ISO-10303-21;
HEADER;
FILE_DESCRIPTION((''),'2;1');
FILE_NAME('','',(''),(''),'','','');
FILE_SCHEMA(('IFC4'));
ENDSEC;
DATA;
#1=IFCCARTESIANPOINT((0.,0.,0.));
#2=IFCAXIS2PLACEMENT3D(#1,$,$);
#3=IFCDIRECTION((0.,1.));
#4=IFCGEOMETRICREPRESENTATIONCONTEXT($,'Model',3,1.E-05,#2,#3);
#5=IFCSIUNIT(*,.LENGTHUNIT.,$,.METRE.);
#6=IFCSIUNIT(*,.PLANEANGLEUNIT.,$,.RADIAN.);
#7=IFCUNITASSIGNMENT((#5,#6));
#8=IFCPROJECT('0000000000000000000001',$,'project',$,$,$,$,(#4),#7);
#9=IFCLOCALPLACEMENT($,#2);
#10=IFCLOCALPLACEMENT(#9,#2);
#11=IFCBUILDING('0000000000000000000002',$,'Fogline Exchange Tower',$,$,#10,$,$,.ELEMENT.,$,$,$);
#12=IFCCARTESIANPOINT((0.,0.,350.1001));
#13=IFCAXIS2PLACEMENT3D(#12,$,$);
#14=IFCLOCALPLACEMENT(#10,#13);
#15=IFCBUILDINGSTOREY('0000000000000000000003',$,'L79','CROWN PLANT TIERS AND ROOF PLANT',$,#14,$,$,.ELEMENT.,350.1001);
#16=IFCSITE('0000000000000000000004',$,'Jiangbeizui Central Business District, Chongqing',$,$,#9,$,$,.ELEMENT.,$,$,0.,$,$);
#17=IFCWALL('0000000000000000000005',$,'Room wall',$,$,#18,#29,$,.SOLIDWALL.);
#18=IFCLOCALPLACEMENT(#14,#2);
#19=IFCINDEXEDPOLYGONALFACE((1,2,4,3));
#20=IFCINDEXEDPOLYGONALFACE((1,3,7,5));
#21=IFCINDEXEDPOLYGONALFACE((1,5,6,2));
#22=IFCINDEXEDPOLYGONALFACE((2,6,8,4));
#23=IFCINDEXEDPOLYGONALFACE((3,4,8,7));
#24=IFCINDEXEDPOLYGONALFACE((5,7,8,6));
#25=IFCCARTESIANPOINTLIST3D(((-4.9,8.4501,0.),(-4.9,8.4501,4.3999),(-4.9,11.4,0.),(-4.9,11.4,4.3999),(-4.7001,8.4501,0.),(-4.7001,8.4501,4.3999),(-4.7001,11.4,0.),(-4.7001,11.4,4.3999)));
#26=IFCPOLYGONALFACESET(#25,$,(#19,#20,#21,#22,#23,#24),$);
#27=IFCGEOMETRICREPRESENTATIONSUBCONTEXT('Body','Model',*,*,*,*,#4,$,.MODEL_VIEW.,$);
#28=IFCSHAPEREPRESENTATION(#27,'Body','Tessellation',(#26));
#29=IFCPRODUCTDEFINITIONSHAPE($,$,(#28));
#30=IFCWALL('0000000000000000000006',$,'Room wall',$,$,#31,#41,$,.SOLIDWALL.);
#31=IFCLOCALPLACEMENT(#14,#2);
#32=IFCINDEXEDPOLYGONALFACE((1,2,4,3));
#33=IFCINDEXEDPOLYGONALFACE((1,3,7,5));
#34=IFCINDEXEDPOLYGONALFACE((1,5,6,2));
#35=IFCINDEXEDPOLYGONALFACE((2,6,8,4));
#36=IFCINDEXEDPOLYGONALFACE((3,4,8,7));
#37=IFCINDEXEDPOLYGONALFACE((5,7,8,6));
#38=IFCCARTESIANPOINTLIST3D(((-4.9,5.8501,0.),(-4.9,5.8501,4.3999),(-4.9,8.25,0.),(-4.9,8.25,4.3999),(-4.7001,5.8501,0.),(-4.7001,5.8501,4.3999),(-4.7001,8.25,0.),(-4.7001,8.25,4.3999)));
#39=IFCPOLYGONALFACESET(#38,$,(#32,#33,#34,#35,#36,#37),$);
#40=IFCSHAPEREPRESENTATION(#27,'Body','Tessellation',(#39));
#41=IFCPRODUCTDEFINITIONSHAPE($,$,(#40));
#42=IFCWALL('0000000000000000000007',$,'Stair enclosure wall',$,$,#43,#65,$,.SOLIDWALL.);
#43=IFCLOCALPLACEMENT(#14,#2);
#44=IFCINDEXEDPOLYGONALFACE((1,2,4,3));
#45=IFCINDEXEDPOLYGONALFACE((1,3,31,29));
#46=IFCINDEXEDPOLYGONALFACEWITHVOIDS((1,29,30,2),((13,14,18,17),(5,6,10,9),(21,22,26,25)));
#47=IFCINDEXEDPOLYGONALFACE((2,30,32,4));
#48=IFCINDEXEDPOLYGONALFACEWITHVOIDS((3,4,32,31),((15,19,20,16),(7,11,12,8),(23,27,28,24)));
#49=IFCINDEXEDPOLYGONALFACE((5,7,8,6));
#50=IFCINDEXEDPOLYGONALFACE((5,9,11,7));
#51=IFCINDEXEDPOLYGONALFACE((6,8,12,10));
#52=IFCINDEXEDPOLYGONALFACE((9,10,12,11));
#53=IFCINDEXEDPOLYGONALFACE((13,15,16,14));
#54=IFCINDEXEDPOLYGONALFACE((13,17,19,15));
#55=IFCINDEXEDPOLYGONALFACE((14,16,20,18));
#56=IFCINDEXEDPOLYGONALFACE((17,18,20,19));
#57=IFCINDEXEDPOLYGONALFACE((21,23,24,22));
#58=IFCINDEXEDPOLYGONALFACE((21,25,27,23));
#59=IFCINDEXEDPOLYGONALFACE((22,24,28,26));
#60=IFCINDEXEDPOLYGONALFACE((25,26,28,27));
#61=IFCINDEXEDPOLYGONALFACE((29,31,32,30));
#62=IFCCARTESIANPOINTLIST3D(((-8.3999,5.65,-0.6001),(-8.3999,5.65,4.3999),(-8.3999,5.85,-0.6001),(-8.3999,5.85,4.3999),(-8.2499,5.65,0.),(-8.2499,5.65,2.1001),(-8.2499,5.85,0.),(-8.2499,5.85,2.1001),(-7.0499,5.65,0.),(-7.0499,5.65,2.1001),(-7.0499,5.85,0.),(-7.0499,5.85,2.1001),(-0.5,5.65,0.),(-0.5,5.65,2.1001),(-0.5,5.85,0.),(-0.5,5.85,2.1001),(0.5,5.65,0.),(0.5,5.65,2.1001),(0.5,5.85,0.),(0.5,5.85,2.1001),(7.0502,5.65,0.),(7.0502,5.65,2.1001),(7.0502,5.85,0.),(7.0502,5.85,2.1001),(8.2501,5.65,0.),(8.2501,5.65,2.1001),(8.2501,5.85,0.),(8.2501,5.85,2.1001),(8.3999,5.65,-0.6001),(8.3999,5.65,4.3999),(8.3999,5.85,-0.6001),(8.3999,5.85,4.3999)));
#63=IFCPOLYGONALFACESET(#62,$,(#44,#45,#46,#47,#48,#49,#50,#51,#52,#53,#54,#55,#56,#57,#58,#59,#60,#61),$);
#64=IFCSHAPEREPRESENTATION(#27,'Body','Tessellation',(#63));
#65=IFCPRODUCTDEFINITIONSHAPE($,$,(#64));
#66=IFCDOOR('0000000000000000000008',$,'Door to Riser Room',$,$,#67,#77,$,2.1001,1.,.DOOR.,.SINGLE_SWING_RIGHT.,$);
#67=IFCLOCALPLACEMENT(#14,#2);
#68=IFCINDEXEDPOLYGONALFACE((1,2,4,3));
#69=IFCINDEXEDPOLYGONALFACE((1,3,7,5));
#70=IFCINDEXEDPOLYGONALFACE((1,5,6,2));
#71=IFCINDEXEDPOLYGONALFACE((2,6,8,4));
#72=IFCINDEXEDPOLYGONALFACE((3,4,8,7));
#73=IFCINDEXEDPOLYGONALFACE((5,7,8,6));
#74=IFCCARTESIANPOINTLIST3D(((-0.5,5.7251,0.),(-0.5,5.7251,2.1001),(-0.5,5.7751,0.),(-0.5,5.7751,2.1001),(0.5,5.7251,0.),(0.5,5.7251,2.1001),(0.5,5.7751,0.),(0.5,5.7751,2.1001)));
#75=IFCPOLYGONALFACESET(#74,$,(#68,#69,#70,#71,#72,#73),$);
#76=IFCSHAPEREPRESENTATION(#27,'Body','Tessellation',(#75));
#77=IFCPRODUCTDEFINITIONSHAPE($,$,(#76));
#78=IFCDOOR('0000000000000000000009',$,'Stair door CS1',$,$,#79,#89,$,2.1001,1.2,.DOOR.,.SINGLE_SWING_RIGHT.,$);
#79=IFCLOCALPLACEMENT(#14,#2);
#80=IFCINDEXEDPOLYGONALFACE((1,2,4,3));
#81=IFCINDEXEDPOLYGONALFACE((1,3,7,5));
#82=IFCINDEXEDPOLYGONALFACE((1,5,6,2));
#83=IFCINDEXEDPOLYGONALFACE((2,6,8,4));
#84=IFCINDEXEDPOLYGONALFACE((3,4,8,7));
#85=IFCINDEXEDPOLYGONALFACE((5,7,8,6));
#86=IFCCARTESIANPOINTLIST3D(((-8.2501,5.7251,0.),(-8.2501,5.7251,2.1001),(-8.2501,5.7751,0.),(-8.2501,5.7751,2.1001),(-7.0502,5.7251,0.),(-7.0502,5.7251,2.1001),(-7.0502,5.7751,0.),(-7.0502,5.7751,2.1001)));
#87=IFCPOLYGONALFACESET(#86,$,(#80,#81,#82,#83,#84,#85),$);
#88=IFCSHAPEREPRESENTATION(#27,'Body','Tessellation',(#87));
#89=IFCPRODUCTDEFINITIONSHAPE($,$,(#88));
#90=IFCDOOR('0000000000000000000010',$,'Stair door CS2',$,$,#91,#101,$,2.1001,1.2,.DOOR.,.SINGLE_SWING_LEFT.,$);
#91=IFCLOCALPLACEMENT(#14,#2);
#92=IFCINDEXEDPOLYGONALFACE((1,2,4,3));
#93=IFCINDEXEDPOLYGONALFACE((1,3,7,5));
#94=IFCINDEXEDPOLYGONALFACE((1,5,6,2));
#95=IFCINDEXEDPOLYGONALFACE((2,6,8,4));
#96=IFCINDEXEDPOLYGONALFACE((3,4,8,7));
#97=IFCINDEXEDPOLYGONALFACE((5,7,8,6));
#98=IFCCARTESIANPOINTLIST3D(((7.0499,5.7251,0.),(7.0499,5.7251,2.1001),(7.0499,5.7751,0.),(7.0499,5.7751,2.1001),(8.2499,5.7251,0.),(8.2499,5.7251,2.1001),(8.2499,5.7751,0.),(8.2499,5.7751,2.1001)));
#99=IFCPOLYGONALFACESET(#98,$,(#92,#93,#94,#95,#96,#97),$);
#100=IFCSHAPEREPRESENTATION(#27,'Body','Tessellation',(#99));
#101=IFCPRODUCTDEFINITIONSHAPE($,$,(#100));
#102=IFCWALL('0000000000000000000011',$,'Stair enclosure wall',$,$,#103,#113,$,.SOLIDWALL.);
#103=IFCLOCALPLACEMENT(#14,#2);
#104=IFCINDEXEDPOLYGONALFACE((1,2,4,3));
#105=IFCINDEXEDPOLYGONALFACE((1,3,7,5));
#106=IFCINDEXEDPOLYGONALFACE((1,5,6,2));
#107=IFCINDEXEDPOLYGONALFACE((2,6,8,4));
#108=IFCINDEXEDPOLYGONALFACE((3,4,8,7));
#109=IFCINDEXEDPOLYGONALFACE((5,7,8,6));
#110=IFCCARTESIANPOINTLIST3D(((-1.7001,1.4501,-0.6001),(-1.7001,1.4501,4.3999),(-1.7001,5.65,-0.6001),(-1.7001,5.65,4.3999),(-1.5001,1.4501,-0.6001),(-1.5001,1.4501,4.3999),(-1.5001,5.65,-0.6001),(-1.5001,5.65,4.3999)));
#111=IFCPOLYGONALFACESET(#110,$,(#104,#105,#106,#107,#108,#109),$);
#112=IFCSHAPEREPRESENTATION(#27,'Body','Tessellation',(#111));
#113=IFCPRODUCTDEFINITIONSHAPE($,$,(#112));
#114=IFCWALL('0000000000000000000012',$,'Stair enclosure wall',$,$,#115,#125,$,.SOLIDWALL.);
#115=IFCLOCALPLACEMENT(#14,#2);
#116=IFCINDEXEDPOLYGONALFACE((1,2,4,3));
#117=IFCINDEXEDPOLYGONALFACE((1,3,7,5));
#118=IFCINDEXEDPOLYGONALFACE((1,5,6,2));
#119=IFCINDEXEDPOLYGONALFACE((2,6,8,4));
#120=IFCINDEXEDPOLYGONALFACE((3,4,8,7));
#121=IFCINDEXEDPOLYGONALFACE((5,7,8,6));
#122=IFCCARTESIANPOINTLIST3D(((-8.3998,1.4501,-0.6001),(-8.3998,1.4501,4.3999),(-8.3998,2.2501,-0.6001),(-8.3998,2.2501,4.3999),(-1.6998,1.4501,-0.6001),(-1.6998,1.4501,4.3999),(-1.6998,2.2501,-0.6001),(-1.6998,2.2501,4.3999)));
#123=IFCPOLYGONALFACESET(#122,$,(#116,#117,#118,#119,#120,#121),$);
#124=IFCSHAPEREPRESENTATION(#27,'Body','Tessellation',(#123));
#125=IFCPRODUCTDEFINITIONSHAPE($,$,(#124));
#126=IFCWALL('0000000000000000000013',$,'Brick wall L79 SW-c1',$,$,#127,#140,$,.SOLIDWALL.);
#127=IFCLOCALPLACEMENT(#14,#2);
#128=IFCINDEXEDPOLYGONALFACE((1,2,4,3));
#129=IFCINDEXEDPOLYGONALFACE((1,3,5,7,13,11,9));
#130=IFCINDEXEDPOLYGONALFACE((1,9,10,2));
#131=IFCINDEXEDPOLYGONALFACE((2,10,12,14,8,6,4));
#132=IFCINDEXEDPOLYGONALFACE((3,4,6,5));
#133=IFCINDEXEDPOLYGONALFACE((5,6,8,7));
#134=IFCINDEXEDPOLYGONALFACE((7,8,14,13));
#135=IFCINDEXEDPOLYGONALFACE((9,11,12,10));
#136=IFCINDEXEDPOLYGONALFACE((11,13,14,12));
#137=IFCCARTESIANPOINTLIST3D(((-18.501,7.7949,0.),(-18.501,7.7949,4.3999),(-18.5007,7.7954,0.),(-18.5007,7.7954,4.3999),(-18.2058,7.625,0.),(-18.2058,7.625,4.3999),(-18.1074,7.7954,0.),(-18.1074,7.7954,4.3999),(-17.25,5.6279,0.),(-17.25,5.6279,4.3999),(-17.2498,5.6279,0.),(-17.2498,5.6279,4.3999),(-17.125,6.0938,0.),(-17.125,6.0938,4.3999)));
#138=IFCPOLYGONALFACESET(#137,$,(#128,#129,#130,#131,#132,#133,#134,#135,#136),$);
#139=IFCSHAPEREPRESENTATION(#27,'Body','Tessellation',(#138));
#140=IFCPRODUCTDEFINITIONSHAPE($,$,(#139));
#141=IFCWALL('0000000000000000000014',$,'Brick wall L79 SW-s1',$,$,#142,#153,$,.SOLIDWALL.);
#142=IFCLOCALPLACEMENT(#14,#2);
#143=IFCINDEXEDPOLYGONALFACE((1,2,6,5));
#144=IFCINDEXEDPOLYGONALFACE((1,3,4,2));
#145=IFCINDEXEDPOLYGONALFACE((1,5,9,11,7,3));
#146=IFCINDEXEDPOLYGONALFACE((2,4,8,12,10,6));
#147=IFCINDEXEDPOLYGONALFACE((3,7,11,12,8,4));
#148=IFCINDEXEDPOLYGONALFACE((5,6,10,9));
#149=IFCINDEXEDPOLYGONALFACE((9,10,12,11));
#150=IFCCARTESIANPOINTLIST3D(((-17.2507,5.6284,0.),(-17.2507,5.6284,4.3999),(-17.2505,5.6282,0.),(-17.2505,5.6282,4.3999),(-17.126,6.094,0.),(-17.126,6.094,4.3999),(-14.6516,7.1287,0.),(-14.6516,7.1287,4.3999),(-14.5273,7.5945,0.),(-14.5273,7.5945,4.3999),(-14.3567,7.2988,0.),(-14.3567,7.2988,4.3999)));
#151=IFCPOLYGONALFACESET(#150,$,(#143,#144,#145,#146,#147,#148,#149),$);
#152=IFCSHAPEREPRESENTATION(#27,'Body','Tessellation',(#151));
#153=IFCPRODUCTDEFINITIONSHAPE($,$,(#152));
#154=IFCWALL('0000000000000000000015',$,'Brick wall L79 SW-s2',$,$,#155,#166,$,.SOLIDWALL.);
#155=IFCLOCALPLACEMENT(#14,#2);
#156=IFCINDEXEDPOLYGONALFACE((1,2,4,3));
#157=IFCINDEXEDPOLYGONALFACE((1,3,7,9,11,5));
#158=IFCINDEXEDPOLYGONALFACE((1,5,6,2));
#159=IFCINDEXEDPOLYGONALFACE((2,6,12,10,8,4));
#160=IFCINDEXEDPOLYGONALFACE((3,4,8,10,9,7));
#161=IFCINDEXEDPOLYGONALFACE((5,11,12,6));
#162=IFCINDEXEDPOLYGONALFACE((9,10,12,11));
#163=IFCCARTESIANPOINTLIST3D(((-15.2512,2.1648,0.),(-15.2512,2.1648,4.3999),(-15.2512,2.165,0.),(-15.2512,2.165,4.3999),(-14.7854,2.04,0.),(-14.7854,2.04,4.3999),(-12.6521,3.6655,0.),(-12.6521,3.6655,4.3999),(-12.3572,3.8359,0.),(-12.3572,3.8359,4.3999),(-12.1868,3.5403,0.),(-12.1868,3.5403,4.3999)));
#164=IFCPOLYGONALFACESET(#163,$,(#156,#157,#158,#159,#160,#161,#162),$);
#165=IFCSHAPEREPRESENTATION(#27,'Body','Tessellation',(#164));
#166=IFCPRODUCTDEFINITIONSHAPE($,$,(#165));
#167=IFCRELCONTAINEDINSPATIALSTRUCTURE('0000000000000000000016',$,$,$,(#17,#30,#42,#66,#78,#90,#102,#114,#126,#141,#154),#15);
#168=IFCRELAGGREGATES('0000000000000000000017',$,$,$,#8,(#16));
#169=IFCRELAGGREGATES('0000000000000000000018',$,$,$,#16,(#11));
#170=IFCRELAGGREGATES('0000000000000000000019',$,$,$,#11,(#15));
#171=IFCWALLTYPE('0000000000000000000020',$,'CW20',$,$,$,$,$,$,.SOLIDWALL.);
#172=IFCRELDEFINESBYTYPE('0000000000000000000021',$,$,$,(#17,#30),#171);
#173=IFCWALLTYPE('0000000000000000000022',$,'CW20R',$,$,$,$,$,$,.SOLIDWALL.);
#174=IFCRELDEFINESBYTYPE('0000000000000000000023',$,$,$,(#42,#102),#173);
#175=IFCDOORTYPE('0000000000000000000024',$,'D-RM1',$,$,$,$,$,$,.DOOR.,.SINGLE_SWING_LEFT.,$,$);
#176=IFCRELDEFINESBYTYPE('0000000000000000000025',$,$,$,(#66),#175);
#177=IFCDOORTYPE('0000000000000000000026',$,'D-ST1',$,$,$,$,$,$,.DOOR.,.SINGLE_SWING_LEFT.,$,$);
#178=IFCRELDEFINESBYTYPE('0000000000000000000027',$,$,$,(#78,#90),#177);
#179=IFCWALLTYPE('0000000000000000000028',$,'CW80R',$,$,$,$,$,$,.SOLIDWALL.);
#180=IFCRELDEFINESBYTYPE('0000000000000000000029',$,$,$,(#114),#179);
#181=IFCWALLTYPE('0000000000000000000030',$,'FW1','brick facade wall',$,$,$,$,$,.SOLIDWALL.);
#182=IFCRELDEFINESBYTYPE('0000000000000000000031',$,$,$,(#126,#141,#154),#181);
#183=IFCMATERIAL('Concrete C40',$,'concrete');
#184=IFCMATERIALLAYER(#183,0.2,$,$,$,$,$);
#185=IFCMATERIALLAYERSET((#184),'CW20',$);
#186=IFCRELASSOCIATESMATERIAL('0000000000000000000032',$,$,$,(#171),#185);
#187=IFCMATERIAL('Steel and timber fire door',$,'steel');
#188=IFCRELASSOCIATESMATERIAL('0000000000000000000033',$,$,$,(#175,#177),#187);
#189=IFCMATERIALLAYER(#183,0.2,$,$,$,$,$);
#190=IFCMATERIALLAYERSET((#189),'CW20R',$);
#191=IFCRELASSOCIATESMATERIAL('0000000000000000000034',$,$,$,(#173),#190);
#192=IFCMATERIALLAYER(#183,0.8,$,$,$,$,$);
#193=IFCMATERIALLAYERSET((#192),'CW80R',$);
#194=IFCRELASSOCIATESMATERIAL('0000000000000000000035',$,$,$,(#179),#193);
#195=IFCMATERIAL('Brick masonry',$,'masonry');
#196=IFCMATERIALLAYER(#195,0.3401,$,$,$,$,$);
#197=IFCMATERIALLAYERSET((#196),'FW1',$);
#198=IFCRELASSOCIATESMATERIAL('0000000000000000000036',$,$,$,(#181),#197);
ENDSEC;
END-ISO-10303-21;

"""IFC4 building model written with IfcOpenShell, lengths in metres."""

from ifc_helpers import new_model, si_unit, direction, frame, frame_2d, origin, place, context, subcontext, project, spatial, polyline, rectangle, outline, extrude, material, layer, layer_set, type_object, element, fill, save


model = new_model("IFC4")

# Units and contexts
model_context = context("Model", 3, precision=1e-05, world=origin(), true_north=direction((0.0, 1.0)))
body_context = subcontext(model_context, "Body", "Model", "MODEL_VIEW")
ifc_project = project(units=[si_unit("LENGTHUNIT", "METRE"), si_unit("PLANEANGLEUNIT", "RADIAN")], contexts=[model_context])

# Site, building, storey
site_placement = place(None, origin())
site = spatial("IfcSite", under=ifc_project, at=site_placement, Name="Jiangbeizui Central Business District, Chongqing", CompositionType="ELEMENT", RefElevation=0.0)
building_placement = place(site_placement, origin())
building = spatial("IfcBuilding", under=site, at=building_placement, Name="Fogline Exchange Tower", CompositionType="ELEMENT")
storey_placement = place(building_placement, frame((0.0, 0.0, 350.1001)))
storey = spatial("IfcBuildingStorey", under=building, at=storey_placement, Name="L79", Description="CROWN PLANT TIERS AND ROOF PLANT", CompositionType="ELEMENT", Elevation=350.1001)

# Shared definitions
ifc_material_1 = material(Name="Concrete C40", Category="concrete")

# Shared definitions
ifc_layer_1 = layer(ifc_material_1, 0.2)
ifc_layer_set_1 = layer_set([ifc_layer_1], Name="CW20")
wall_type_1 = type_object("IfcWallType", Name="CW20", PredefinedType="SOLIDWALL", material=ifc_layer_set_1)
ifc_material_2 = material(Name="Steel and timber fire door", Category="steel")
door_type_1 = type_object("IfcDoorType", Name="D-RM1", OperationType="SINGLE_SWING_LEFT", PredefinedType="DOOR", material=ifc_material_2)

# Walls
wall_1_placement = place(storey_placement, frame((-4.8, 8.45, 0.0), z_axis=(0.0, 0.0, 1.0), x_axis=(0.0, 1.0, 0.0)))
element("IfcWall", 1, at=wall_1_placement, inside=storey, type_object=wall_type_1, Name="Room wall", PredefinedType="SOLIDWALL", context=body_context, shape_type="SweptSolid", body=[
    extrude(rectangle(XDim=2.95, YDim=0.2, at=frame_2d((1.4751, 0.0))), origin(), (0.0, 0.0, 1.0), 4.3999),
])
wall_2_placement = place(storey_placement, frame((-4.8, 5.8501, 0.0), z_axis=(0.0, 0.0, 1.0), x_axis=(0.0, 1.0, 0.0)))
element("IfcWall", 2, at=wall_2_placement, inside=storey, type_object=wall_type_1, Name="Room wall", PredefinedType="SOLIDWALL", context=body_context, shape_type="SweptSolid", body=[
    extrude(rectangle(XDim=2.3999, YDim=0.2, at=frame_2d((1.2, 0.0))), origin(), (0.0, 0.0, 1.0), 4.3999),
])

# Wall, openings, doors
ifc_layer_2 = layer(ifc_material_1, 0.2)
ifc_layer_set_2 = layer_set([ifc_layer_2], Name="CW20R")
wall_type_2 = type_object("IfcWallType", Name="CW20R", PredefinedType="SOLIDWALL", material=ifc_layer_set_2)
wall_3_placement = place(storey_placement, frame((-8.3999, 5.75, -0.6001), z_axis=(0.0, 0.0, 1.0), x_axis=(1.0, 0.0, 0.0)))
wall_3 = element("IfcWall", 3, at=wall_3_placement, inside=storey, type_object=wall_type_2, Name="Stair enclosure wall", PredefinedType="SOLIDWALL", context=body_context, shape_type="SweptSolid", body=[
    extrude(rectangle(XDim=16.7998, YDim=0.2, at=frame_2d((8.3999, 0.0))), origin(), (0.0, 0.0, 1.0), 5.0),
])
opening_1_placement = place(wall_3_placement, frame((7.8999, 0.0, 0.6001)))
opening_1 = element("IfcOpeningElement", 4, at=opening_1_placement, cuts=wall_3, PredefinedType="OPENING", context=body_context, shape_type="SweptSolid", body=[
    extrude(rectangle(XDim=1.0, YDim=2.1001, at=frame_2d((0.5, 1.05))), frame((0.0, 0.1099, 0.0), z_axis=(0.0, -1.0, 0.0), x_axis=(1.0, 0.0, 0.0)), (0.0, 0.0, 1.0), 0.22),
])
opening_2_placement = place(wall_3_placement, frame((0.1499, 0.0, 0.6001)))
opening_2 = element("IfcOpeningElement", 5, at=opening_2_placement, cuts=wall_3, PredefinedType="OPENING", context=body_context, shape_type="SweptSolid", body=[
    extrude(rectangle(XDim=1.2, YDim=2.1001, at=frame_2d((0.6001, 1.05))), frame((0.0, 0.1099, 0.0), z_axis=(0.0, -1.0, 0.0), x_axis=(1.0, 0.0, 0.0)), (0.0, 0.0, 1.0), 0.22),
])
opening_3_placement = place(wall_3_placement, frame((15.45, 0.0, 0.6001)))
opening_3 = element("IfcOpeningElement", 6, at=opening_3_placement, cuts=wall_3, PredefinedType="OPENING", context=body_context, shape_type="SweptSolid", body=[
    extrude(rectangle(XDim=1.2, YDim=2.1001, at=frame_2d((0.6001, 1.05))), frame((0.0, 0.1099, 0.0), z_axis=(0.0, -1.0, 0.0), x_axis=(1.0, 0.0, 0.0)), (0.0, 0.0, 1.0), 0.22),
])
door_1_placement = place(opening_1_placement, frame((1.0, 0.0, 0.0), z_axis=(0.0, 0.0, 1.0), x_axis=(-1.0, 0.0, 0.0)))
door_1 = element("IfcDoor", 7, at=door_1_placement, inside=storey, type_object=door_type_1, Name="Door to Riser Room", OperationType="SINGLE_SWING_RIGHT", OverallHeight=2.1001, OverallWidth=1.0, PredefinedType="DOOR", context=body_context, shape_type="SweptSolid", body=[
    extrude(rectangle(XDim=1.0, YDim=2.1001, at=frame_2d((0.5, 1.05))), frame((0.0, 0.0249, 0.0), z_axis=(0.0, -1.0, 0.0), x_axis=(1.0, 0.0, 0.0)), (0.0, 0.0, 1.0), 0.05),
])
fill(opening_1, door_1)
door_type_2 = type_object("IfcDoorType", Name="D-ST1", OperationType="SINGLE_SWING_LEFT", PredefinedType="DOOR", material=ifc_material_2)
door_2_placement = place(opening_2_placement, frame((1.2, 0.0, 0.0), z_axis=(0.0, 0.0, 1.0), x_axis=(-1.0, 0.0, 0.0)))
door_2 = element("IfcDoor", 8, at=door_2_placement, inside=storey, type_object=door_type_2, Name="Stair door CS1", OperationType="SINGLE_SWING_RIGHT", OverallHeight=2.1001, OverallWidth=1.2, PredefinedType="DOOR", context=body_context, shape_type="SweptSolid", body=[
    extrude(rectangle(XDim=1.2, YDim=2.1001, at=frame_2d((0.6001, 1.05))), frame((0.0, 0.0249, 0.0), z_axis=(0.0, -1.0, 0.0), x_axis=(1.0, 0.0, 0.0)), (0.0, 0.0, 1.0), 0.05),
])
fill(opening_2, door_2)
door_3_placement = place(opening_3_placement, frame((1.2, 0.0, 0.0), z_axis=(0.0, 0.0, 1.0), x_axis=(-1.0, 0.0, 0.0)))
door_3 = element("IfcDoor", 9, at=door_3_placement, inside=storey, type_object=door_type_2, Name="Stair door CS2", OperationType="SINGLE_SWING_LEFT", OverallHeight=2.1001, OverallWidth=1.2, PredefinedType="DOOR", context=body_context, shape_type="SweptSolid", body=[
    extrude(rectangle(XDim=1.2, YDim=2.1001, at=frame_2d((0.6001, 1.05))), frame((0.0, 0.0249, 0.0), z_axis=(0.0, -1.0, 0.0), x_axis=(1.0, 0.0, 0.0)), (0.0, 0.0, 1.0), 0.05),
])
fill(opening_3, door_3)

# Walls
wall_4_placement = place(storey_placement, frame((-1.6001, 1.45, -0.6001), z_axis=(0.0, 0.0, 1.0), x_axis=(0.0, 1.0, 0.0)))
element("IfcWall", 10, at=wall_4_placement, inside=storey, type_object=wall_type_2, Name="Stair enclosure wall", PredefinedType="SOLIDWALL", context=body_context, shape_type="SweptSolid", body=[
    extrude(rectangle(XDim=4.2, YDim=0.2, at=frame_2d((2.1001, 0.0))), origin(), (0.0, 0.0, 1.0), 5.0),
])
ifc_layer_3 = layer(ifc_material_1, 0.8)
ifc_layer_set_3 = layer_set([ifc_layer_3], Name="CW80R")
wall_type_3 = type_object("IfcWallType", Name="CW80R", PredefinedType="SOLIDWALL", material=ifc_layer_set_3)
wall_5_placement = place(storey_placement, frame((-8.3999, 1.8501, -0.6001), z_axis=(0.0, 0.0, 1.0), x_axis=(1.0, 0.0, 0.0)))
element("IfcWall", 11, at=wall_5_placement, inside=storey, type_object=wall_type_3, Name="Stair enclosure wall", PredefinedType="SOLIDWALL", context=body_context, shape_type="SweptSolid", body=[
    extrude(rectangle(XDim=6.7, YDim=0.8, at=frame_2d((3.3501, 0.0))), origin(), (0.0, 0.0, 1.0), 5.0),
])
ifc_material_3 = material(Name="Brick masonry", Category="masonry")
ifc_layer_4 = layer(ifc_material_3, 0.3401)
ifc_layer_set_4 = layer_set([ifc_layer_4], Name="FW1")
wall_type_4 = type_object("IfcWallType", Name="FW1", Description="brick facade wall", PredefinedType="SOLIDWALL", material=ifc_layer_set_4)
wall_6_placement = place(storey_placement, origin())
element("IfcWall", 12, at=wall_6_placement, inside=storey, type_object=wall_type_4, Name="Brick wall L79 SW-c1", PredefinedType="SOLIDWALL", context=body_context, shape_type="SweptSolid", body=[
    extrude(outline(polyline([(-17.25, 5.6279), (-18.501, 7.7949), (-18.5007, 7.7954), (-18.2058, 7.625), (-18.1074, 7.7954), (-17.125, 6.0938), (-17.2498, 5.6279), (-17.25, 5.6279)])), origin(), (0.0, 0.0, 1.0), 4.3999),
])
wall_7_placement = place(storey_placement, origin())
element("IfcWall", 13, at=wall_7_placement, inside=storey, type_object=wall_type_4, Name="Brick wall L79 SW-s1", PredefinedType="SOLIDWALL", context=body_context, shape_type="SweptSolid", body=[
    extrude(outline(polyline([(-14.5273, 7.5945), (-14.3567, 7.2988), (-14.6516, 7.1287), (-17.2505, 5.6282), (-17.2507, 5.6284), (-17.126, 6.094), (-14.5273, 7.5945)])), origin(), (0.0, 0.0, 1.0), 4.3999),
])
wall_8_placement = place(storey_placement, origin())
element("IfcWall", 14, at=wall_8_placement, inside=storey, type_object=wall_type_4, Name="Brick wall L79 SW-s2", PredefinedType="SOLIDWALL", context=body_context, shape_type="SweptSolid", body=[
    extrude(outline(polyline([(-15.2512, 2.165), (-12.6521, 3.6655), (-12.3572, 3.8359), (-12.1868, 3.5403), (-14.7854, 2.04), (-15.2512, 2.1648), (-15.2512, 2.165)])), origin(), (0.0, 0.0, 1.0), 4.3999),
])

save(model, "model.ifc")
